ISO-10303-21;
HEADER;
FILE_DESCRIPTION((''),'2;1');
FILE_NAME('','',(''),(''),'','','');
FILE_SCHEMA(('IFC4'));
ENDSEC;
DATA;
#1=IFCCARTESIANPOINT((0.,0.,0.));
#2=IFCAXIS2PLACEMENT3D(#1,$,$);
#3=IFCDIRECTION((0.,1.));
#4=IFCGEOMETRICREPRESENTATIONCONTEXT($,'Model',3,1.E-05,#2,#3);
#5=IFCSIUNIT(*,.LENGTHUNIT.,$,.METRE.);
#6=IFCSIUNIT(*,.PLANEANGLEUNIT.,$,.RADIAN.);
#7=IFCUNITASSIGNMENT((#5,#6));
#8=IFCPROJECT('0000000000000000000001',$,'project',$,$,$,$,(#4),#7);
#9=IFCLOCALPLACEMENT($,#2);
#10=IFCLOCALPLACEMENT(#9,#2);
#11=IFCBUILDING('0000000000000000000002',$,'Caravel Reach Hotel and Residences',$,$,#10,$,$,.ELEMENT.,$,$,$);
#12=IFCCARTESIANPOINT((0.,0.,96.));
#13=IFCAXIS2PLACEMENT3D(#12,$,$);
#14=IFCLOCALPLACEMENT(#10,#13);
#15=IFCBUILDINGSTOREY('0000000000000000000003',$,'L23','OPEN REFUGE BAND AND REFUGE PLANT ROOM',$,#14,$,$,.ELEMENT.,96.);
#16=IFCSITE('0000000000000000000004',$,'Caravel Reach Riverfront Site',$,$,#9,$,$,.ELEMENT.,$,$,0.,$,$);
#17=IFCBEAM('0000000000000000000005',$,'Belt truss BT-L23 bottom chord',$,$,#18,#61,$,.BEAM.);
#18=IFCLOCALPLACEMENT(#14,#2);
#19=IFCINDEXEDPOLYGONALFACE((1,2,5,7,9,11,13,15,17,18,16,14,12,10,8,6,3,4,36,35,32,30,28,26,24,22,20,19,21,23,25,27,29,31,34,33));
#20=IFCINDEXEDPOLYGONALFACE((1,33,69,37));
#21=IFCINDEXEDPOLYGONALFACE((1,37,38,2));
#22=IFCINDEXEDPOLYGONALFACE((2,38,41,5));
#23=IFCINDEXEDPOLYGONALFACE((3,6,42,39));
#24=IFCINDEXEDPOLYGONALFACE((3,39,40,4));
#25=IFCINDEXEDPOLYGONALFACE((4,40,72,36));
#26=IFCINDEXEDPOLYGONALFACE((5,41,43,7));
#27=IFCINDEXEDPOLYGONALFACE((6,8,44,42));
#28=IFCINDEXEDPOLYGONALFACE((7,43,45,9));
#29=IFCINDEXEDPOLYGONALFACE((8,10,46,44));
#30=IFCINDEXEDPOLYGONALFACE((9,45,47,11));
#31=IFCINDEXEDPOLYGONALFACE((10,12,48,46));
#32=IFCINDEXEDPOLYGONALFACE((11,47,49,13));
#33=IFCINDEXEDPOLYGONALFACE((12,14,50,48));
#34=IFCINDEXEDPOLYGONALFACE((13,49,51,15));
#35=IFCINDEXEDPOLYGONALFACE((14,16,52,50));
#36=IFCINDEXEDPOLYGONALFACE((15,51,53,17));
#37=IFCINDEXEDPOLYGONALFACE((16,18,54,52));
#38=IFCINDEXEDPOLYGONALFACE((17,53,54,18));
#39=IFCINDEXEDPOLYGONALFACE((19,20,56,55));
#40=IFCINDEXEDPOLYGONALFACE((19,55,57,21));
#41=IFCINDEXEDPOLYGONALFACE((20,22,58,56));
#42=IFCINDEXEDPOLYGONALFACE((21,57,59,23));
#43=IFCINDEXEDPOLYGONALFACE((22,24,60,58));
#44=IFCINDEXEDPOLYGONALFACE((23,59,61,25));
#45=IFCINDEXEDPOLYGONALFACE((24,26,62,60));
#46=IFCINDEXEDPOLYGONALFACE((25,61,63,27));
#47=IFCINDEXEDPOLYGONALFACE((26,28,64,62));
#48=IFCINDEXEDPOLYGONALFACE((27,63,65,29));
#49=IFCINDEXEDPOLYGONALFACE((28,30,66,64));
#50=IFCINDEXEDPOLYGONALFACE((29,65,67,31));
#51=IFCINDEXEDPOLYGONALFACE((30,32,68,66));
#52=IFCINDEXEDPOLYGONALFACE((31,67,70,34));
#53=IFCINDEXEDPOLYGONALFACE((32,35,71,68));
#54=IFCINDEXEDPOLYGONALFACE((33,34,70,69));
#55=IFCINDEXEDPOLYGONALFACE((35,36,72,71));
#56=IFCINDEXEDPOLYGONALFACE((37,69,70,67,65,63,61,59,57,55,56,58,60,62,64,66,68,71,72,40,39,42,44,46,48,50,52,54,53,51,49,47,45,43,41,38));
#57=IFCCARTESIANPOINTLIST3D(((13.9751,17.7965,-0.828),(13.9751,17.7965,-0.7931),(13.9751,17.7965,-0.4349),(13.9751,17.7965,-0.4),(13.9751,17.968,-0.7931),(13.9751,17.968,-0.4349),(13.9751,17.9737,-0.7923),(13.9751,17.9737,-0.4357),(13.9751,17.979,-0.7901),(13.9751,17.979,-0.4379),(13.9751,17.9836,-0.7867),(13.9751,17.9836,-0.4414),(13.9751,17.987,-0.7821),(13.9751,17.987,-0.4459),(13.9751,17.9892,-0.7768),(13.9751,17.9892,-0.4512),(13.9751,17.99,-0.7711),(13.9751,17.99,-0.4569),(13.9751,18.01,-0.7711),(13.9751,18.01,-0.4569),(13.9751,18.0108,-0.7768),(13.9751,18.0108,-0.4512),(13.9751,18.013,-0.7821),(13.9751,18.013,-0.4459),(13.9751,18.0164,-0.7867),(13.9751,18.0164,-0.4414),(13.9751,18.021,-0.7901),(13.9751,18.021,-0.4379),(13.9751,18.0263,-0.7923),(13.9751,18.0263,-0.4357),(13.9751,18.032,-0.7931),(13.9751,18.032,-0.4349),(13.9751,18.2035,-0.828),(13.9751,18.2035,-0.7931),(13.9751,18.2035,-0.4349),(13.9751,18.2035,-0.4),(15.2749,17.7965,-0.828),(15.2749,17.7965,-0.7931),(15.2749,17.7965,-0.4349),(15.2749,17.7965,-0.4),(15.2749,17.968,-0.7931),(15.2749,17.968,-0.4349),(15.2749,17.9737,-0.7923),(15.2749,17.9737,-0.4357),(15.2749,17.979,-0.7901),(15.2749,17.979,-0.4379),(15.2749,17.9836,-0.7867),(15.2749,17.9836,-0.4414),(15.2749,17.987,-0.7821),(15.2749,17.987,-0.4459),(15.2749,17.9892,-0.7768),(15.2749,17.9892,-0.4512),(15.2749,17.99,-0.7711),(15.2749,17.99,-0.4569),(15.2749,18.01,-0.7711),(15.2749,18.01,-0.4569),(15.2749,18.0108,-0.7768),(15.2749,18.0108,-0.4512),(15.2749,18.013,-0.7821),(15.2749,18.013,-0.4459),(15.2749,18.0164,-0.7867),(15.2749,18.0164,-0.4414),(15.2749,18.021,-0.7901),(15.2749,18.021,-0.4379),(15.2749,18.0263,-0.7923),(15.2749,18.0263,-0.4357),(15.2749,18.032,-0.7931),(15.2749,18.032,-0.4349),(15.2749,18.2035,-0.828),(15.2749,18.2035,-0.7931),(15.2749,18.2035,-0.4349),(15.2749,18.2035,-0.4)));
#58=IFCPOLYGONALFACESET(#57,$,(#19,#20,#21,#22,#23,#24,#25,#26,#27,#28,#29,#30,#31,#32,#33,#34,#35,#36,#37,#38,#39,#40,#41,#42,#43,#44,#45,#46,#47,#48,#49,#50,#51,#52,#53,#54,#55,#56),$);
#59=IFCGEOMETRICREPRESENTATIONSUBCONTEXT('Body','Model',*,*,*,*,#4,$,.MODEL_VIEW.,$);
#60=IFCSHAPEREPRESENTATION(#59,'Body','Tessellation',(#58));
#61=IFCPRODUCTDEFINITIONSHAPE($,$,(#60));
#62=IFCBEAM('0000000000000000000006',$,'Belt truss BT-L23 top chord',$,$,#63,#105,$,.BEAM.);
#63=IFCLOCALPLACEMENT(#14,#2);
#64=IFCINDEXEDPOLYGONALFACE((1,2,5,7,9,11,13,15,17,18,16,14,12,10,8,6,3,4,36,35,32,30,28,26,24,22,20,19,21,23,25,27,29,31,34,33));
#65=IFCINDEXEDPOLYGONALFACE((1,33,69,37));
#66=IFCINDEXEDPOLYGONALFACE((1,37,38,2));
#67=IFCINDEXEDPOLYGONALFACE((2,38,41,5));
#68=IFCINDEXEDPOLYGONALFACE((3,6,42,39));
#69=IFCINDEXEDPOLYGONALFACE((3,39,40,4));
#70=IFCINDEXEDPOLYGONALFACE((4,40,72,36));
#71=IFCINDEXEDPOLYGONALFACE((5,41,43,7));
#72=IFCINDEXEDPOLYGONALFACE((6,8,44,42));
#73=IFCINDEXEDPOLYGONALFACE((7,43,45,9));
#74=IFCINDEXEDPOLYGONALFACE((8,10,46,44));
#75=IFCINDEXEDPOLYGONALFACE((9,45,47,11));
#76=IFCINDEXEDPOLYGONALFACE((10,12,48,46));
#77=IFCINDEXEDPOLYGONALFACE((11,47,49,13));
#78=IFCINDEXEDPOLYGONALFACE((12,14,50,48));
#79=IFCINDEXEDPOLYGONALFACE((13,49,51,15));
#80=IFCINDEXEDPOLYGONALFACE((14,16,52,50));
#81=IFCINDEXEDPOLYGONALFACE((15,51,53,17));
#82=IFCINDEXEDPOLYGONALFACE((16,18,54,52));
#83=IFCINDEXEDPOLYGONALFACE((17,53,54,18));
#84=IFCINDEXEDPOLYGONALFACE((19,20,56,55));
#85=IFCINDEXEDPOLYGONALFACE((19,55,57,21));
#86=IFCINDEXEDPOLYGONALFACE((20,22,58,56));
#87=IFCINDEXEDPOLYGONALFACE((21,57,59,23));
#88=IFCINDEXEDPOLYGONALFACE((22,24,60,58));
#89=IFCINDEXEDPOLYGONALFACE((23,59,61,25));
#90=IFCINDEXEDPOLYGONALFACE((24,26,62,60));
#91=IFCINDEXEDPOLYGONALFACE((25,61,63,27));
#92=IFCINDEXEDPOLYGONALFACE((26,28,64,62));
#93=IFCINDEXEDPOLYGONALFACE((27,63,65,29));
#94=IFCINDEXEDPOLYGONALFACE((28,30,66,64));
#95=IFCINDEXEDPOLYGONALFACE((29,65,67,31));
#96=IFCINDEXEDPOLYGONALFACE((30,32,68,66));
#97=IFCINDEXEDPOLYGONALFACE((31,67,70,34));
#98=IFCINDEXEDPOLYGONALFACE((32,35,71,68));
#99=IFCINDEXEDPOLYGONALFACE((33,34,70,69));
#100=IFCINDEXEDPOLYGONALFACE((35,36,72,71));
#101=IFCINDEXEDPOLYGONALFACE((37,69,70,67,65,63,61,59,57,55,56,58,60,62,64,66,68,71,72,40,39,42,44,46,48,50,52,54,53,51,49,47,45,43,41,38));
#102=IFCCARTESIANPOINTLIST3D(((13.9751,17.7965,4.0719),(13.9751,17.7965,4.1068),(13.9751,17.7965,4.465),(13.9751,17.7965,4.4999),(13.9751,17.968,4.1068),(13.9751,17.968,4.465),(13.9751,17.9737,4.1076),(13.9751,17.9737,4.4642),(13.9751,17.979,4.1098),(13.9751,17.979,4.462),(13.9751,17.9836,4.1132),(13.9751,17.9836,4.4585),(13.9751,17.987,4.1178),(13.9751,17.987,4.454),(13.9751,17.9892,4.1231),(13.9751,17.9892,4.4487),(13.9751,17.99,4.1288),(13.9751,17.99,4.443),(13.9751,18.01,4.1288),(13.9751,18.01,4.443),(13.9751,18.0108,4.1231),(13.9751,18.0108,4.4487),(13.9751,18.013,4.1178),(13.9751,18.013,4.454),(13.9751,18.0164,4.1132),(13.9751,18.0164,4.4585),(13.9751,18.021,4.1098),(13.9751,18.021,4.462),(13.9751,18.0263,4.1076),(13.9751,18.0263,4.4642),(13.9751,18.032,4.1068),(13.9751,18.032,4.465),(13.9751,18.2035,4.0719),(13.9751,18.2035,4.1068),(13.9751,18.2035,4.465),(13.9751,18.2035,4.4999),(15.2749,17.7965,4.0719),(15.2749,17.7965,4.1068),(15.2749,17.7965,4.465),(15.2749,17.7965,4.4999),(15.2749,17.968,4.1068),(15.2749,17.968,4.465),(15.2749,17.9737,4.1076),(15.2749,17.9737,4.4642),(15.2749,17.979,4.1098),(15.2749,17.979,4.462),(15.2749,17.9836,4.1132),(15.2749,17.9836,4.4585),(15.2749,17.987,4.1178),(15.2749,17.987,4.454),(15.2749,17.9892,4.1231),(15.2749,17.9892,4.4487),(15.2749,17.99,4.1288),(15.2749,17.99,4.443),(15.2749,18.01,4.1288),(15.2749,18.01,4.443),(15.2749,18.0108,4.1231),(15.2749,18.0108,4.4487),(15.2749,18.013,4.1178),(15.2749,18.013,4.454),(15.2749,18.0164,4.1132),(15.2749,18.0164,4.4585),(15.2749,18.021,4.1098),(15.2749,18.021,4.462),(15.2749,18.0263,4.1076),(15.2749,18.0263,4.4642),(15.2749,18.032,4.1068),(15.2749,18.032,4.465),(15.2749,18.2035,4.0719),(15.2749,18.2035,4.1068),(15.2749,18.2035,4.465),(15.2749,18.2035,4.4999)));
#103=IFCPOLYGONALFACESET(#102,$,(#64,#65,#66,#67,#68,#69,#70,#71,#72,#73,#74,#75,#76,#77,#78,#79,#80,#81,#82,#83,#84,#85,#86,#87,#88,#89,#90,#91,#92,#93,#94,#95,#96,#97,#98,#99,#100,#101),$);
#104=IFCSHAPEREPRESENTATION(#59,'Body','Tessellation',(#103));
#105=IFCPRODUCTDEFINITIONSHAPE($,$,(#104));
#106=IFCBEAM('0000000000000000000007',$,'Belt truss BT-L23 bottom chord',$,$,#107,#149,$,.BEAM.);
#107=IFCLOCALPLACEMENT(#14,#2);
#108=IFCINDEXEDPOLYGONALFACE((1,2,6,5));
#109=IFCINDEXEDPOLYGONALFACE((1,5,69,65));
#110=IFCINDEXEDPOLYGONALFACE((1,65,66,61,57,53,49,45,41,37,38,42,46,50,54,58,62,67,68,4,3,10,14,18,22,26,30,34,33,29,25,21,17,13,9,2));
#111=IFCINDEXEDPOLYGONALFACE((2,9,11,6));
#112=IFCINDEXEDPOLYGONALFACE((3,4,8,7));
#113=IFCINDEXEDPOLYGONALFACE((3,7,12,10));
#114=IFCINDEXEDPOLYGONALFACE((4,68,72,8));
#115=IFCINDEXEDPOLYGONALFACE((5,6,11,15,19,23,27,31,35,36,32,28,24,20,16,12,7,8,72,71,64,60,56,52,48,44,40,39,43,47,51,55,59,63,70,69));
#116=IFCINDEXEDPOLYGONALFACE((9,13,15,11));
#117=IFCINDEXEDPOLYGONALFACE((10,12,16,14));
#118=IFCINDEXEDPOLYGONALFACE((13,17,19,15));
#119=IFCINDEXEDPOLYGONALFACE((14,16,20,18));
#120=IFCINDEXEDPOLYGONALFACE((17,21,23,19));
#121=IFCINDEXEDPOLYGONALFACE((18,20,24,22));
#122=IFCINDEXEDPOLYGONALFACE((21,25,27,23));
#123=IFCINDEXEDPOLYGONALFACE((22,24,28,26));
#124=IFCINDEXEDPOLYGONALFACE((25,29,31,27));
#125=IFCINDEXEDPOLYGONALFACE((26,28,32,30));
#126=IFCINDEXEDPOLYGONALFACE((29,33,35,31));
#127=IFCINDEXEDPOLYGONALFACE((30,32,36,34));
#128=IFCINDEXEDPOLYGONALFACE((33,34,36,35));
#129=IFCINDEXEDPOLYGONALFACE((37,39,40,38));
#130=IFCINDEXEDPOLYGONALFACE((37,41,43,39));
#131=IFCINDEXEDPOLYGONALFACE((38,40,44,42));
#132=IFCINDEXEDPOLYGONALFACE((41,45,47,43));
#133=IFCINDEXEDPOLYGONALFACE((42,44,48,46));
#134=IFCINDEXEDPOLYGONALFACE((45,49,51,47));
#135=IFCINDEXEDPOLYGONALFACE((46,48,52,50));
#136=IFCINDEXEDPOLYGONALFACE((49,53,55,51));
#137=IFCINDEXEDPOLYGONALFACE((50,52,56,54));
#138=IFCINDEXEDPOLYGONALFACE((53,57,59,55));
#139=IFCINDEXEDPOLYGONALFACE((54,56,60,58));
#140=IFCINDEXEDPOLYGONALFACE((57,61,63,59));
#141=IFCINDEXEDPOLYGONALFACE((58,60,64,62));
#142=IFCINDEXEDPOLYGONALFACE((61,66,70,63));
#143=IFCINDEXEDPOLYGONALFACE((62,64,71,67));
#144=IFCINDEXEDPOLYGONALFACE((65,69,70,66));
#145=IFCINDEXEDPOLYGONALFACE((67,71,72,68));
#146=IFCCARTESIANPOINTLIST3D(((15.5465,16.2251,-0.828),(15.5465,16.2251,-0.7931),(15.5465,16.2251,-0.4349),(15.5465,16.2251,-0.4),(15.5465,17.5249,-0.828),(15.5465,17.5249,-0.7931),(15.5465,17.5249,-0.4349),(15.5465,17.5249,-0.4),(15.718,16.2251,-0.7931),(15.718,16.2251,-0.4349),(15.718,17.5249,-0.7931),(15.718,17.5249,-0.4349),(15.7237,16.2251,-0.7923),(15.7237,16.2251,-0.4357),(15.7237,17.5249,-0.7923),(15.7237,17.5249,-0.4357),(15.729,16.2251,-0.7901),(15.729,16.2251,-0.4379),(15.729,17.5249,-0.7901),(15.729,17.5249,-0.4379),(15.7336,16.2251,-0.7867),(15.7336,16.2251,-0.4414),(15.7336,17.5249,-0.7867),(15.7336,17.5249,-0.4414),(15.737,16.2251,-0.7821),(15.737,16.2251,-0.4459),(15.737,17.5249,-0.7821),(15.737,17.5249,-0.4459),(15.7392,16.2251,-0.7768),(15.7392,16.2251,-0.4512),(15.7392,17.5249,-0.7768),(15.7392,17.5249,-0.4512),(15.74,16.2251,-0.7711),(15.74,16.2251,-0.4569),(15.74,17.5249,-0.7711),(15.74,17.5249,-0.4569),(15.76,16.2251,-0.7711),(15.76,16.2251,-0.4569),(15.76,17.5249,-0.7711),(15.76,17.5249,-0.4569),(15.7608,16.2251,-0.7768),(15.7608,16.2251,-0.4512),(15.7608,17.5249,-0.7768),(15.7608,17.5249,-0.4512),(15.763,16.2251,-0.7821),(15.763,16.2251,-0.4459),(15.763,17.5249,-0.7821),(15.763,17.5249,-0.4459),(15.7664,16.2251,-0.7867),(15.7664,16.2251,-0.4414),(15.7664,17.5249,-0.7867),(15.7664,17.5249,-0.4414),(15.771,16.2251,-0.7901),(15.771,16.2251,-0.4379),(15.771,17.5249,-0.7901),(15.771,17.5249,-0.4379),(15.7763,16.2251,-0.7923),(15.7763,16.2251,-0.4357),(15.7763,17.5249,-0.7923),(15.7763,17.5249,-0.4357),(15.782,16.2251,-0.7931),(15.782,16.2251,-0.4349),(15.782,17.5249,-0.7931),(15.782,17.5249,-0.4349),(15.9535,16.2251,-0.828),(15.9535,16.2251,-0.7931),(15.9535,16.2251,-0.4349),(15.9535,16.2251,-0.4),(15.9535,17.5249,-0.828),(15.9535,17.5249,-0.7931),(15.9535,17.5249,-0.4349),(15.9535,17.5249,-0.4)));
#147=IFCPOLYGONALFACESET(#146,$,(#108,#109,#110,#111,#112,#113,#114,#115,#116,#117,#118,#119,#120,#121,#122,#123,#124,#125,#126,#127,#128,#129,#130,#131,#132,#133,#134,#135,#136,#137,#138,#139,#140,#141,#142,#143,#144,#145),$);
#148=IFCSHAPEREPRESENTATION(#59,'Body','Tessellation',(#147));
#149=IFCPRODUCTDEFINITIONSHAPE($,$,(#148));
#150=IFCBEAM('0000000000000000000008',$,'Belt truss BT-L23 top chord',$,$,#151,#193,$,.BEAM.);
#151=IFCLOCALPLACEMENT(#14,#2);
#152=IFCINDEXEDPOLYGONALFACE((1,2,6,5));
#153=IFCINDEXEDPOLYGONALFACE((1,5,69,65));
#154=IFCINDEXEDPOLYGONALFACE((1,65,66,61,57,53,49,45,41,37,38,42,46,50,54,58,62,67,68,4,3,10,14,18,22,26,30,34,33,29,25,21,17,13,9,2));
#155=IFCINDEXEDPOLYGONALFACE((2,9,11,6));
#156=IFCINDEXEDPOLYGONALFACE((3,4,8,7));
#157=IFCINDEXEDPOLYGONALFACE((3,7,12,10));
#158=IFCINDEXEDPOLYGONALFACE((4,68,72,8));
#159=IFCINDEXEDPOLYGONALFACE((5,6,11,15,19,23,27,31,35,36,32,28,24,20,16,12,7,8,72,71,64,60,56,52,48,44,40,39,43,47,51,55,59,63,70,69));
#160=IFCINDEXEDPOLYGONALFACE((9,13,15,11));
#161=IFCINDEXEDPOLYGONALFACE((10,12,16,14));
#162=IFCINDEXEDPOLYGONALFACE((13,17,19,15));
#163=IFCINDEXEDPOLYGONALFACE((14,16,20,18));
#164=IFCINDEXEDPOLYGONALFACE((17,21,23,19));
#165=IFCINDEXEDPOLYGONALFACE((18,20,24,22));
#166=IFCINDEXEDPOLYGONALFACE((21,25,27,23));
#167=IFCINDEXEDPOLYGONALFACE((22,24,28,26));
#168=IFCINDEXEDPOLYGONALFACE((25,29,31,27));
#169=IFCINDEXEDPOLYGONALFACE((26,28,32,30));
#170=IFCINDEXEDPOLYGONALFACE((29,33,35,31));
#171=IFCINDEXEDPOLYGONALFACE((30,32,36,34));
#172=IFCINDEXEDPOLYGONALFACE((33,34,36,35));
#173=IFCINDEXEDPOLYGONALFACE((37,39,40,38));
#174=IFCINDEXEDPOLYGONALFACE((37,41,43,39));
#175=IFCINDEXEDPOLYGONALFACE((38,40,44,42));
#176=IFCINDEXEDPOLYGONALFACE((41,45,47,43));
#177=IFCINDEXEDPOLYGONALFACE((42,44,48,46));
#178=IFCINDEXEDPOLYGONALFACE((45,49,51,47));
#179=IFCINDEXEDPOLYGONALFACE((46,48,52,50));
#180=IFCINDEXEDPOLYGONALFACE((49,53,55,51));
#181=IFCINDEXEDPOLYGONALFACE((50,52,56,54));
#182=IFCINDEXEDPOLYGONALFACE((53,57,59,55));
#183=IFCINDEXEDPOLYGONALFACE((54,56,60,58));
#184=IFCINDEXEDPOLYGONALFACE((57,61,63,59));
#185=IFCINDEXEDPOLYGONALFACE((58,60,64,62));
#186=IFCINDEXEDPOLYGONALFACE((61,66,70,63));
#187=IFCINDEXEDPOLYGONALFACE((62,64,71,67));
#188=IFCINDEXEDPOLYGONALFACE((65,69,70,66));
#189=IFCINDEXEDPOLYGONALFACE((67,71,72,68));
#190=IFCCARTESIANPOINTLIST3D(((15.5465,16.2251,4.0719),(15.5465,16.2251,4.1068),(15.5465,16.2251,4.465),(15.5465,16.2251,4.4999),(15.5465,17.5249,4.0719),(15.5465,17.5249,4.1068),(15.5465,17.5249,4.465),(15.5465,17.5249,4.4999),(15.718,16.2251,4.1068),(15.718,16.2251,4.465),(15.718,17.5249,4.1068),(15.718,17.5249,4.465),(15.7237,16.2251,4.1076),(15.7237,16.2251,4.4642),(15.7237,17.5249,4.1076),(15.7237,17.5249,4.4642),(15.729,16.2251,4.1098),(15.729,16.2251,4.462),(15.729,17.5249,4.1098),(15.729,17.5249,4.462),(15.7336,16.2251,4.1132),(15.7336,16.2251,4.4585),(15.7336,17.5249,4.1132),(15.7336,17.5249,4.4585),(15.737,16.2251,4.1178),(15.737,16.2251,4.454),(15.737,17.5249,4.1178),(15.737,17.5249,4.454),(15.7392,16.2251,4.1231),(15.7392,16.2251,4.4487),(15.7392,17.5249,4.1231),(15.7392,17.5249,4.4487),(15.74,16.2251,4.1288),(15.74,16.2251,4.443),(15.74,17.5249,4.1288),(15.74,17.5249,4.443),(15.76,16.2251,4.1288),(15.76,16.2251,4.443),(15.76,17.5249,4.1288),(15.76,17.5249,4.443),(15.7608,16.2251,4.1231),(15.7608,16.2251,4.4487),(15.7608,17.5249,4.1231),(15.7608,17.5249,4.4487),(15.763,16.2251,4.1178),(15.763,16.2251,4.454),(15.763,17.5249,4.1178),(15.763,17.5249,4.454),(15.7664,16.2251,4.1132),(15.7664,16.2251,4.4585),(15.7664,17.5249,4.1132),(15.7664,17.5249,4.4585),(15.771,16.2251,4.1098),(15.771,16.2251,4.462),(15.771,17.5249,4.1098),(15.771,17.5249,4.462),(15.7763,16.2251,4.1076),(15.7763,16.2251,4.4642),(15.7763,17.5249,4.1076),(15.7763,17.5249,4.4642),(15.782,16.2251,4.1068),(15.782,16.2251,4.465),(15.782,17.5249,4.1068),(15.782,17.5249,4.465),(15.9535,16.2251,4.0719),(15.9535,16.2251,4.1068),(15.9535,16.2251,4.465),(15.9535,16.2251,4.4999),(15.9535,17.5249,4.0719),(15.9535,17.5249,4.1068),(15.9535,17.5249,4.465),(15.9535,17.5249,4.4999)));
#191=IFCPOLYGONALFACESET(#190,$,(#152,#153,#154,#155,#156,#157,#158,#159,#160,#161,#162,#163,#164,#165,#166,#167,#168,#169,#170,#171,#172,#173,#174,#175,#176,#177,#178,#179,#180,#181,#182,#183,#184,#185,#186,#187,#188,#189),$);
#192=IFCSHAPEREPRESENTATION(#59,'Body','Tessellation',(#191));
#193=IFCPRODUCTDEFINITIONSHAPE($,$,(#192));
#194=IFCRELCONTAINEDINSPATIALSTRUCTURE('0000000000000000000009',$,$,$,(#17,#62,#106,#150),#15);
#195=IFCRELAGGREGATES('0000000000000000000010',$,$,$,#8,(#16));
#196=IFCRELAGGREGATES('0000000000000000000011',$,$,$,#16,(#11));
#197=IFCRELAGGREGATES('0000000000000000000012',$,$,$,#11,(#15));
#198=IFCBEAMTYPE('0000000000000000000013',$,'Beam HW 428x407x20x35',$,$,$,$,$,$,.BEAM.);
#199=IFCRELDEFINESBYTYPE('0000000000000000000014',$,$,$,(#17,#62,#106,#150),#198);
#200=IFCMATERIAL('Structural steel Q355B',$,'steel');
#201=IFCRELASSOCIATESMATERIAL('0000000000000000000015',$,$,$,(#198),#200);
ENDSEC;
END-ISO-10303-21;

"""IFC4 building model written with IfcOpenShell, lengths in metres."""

from ifc_helpers import new_model, si_unit, direction, frame, origin, origin_2d, place, context, subcontext, project, spatial, i_section, extrude, material, material_profile, profile_set, type_object, element, save


model = new_model("IFC4")

# Units and contexts
model_context = context("Model", 3, precision=1e-05, world=origin(), true_north=direction((0.0, 1.0)))
body_context = subcontext(model_context, "Body", "Model", "MODEL_VIEW")
ifc_project = project(units=[si_unit("LENGTHUNIT", "METRE"), si_unit("PLANEANGLEUNIT", "RADIAN")], contexts=[model_context])

# Site, building, storey
site_placement = place(None, origin())
site = spatial("IfcSite", under=ifc_project, at=site_placement, Name="Caravel Reach Riverfront Site", CompositionType="ELEMENT", RefElevation=0.0)
building_placement = place(site_placement, origin())
building = spatial("IfcBuilding", under=site, at=building_placement, Name="Caravel Reach Hotel and Residences", CompositionType="ELEMENT")
storey_placement = place(building_placement, frame((0.0, 0.0, 96.0)))
storey = spatial("IfcBuildingStorey", under=building, at=storey_placement, Name="L23", Description="OPEN REFUGE BAND AND REFUGE PLANT ROOM", CompositionType="ELEMENT", Elevation=96.0)

# Beams
ifc_material_1 = material(Name="Structural steel Q355B", Category="steel")
ifc_material_profile_1 = material_profile(ifc_material_1, i_section(OverallWidth=0.407, OverallDepth=0.428, WebThickness=0.02, FlangeThickness=0.0349, FilletRadius=0.022, at=origin_2d()), Name="HW 428x407x20x35")
ifc_profile_set_1 = profile_set([ifc_material_profile_1], Name="Structural steel Q355B")
beam_type = type_object("IfcBeamType", Name="Beam HW 428x407x20x35", PredefinedType="BEAM", material=ifc_profile_set_1)
for number, where, z_axis, x_axis, name in (
    (1, (13.9751, 18.0, -0.614), (1.0, 0.0, 0.0), (0.0, 1.0, 0.0), "Belt truss BT-L23 bottom chord"),
    (2, (13.9751, 18.0, 4.2859), (1.0, 0.0, 0.0), (0.0, 1.0, 0.0), "Belt truss BT-L23 top chord"),
    (3, (15.75, 17.5249, -0.614), (0.0, -1.0, 0.0), (1.0, 0.0, 0.0), "Belt truss BT-L23 bottom chord"),
    (4, (15.75, 17.5249, 4.2859), (0.0, -1.0, 0.0), (1.0, 0.0, 0.0), "Belt truss BT-L23 top chord"),
):
    element("IfcBeam", number, at=place(storey_placement, frame(where, z_axis=z_axis, x_axis=x_axis)), inside=storey, type_object=beam_type, Name=name, PredefinedType="BEAM", context=body_context, shape_type="SweptSolid", body=[
        extrude(i_section(OverallWidth=0.407, OverallDepth=0.428, WebThickness=0.02, FlangeThickness=0.0349, FilletRadius=0.022, at=origin_2d()), origin(), (0.0, 0.0, 1.0), 1.2998),
    ])

save(model, "model.ifc")
